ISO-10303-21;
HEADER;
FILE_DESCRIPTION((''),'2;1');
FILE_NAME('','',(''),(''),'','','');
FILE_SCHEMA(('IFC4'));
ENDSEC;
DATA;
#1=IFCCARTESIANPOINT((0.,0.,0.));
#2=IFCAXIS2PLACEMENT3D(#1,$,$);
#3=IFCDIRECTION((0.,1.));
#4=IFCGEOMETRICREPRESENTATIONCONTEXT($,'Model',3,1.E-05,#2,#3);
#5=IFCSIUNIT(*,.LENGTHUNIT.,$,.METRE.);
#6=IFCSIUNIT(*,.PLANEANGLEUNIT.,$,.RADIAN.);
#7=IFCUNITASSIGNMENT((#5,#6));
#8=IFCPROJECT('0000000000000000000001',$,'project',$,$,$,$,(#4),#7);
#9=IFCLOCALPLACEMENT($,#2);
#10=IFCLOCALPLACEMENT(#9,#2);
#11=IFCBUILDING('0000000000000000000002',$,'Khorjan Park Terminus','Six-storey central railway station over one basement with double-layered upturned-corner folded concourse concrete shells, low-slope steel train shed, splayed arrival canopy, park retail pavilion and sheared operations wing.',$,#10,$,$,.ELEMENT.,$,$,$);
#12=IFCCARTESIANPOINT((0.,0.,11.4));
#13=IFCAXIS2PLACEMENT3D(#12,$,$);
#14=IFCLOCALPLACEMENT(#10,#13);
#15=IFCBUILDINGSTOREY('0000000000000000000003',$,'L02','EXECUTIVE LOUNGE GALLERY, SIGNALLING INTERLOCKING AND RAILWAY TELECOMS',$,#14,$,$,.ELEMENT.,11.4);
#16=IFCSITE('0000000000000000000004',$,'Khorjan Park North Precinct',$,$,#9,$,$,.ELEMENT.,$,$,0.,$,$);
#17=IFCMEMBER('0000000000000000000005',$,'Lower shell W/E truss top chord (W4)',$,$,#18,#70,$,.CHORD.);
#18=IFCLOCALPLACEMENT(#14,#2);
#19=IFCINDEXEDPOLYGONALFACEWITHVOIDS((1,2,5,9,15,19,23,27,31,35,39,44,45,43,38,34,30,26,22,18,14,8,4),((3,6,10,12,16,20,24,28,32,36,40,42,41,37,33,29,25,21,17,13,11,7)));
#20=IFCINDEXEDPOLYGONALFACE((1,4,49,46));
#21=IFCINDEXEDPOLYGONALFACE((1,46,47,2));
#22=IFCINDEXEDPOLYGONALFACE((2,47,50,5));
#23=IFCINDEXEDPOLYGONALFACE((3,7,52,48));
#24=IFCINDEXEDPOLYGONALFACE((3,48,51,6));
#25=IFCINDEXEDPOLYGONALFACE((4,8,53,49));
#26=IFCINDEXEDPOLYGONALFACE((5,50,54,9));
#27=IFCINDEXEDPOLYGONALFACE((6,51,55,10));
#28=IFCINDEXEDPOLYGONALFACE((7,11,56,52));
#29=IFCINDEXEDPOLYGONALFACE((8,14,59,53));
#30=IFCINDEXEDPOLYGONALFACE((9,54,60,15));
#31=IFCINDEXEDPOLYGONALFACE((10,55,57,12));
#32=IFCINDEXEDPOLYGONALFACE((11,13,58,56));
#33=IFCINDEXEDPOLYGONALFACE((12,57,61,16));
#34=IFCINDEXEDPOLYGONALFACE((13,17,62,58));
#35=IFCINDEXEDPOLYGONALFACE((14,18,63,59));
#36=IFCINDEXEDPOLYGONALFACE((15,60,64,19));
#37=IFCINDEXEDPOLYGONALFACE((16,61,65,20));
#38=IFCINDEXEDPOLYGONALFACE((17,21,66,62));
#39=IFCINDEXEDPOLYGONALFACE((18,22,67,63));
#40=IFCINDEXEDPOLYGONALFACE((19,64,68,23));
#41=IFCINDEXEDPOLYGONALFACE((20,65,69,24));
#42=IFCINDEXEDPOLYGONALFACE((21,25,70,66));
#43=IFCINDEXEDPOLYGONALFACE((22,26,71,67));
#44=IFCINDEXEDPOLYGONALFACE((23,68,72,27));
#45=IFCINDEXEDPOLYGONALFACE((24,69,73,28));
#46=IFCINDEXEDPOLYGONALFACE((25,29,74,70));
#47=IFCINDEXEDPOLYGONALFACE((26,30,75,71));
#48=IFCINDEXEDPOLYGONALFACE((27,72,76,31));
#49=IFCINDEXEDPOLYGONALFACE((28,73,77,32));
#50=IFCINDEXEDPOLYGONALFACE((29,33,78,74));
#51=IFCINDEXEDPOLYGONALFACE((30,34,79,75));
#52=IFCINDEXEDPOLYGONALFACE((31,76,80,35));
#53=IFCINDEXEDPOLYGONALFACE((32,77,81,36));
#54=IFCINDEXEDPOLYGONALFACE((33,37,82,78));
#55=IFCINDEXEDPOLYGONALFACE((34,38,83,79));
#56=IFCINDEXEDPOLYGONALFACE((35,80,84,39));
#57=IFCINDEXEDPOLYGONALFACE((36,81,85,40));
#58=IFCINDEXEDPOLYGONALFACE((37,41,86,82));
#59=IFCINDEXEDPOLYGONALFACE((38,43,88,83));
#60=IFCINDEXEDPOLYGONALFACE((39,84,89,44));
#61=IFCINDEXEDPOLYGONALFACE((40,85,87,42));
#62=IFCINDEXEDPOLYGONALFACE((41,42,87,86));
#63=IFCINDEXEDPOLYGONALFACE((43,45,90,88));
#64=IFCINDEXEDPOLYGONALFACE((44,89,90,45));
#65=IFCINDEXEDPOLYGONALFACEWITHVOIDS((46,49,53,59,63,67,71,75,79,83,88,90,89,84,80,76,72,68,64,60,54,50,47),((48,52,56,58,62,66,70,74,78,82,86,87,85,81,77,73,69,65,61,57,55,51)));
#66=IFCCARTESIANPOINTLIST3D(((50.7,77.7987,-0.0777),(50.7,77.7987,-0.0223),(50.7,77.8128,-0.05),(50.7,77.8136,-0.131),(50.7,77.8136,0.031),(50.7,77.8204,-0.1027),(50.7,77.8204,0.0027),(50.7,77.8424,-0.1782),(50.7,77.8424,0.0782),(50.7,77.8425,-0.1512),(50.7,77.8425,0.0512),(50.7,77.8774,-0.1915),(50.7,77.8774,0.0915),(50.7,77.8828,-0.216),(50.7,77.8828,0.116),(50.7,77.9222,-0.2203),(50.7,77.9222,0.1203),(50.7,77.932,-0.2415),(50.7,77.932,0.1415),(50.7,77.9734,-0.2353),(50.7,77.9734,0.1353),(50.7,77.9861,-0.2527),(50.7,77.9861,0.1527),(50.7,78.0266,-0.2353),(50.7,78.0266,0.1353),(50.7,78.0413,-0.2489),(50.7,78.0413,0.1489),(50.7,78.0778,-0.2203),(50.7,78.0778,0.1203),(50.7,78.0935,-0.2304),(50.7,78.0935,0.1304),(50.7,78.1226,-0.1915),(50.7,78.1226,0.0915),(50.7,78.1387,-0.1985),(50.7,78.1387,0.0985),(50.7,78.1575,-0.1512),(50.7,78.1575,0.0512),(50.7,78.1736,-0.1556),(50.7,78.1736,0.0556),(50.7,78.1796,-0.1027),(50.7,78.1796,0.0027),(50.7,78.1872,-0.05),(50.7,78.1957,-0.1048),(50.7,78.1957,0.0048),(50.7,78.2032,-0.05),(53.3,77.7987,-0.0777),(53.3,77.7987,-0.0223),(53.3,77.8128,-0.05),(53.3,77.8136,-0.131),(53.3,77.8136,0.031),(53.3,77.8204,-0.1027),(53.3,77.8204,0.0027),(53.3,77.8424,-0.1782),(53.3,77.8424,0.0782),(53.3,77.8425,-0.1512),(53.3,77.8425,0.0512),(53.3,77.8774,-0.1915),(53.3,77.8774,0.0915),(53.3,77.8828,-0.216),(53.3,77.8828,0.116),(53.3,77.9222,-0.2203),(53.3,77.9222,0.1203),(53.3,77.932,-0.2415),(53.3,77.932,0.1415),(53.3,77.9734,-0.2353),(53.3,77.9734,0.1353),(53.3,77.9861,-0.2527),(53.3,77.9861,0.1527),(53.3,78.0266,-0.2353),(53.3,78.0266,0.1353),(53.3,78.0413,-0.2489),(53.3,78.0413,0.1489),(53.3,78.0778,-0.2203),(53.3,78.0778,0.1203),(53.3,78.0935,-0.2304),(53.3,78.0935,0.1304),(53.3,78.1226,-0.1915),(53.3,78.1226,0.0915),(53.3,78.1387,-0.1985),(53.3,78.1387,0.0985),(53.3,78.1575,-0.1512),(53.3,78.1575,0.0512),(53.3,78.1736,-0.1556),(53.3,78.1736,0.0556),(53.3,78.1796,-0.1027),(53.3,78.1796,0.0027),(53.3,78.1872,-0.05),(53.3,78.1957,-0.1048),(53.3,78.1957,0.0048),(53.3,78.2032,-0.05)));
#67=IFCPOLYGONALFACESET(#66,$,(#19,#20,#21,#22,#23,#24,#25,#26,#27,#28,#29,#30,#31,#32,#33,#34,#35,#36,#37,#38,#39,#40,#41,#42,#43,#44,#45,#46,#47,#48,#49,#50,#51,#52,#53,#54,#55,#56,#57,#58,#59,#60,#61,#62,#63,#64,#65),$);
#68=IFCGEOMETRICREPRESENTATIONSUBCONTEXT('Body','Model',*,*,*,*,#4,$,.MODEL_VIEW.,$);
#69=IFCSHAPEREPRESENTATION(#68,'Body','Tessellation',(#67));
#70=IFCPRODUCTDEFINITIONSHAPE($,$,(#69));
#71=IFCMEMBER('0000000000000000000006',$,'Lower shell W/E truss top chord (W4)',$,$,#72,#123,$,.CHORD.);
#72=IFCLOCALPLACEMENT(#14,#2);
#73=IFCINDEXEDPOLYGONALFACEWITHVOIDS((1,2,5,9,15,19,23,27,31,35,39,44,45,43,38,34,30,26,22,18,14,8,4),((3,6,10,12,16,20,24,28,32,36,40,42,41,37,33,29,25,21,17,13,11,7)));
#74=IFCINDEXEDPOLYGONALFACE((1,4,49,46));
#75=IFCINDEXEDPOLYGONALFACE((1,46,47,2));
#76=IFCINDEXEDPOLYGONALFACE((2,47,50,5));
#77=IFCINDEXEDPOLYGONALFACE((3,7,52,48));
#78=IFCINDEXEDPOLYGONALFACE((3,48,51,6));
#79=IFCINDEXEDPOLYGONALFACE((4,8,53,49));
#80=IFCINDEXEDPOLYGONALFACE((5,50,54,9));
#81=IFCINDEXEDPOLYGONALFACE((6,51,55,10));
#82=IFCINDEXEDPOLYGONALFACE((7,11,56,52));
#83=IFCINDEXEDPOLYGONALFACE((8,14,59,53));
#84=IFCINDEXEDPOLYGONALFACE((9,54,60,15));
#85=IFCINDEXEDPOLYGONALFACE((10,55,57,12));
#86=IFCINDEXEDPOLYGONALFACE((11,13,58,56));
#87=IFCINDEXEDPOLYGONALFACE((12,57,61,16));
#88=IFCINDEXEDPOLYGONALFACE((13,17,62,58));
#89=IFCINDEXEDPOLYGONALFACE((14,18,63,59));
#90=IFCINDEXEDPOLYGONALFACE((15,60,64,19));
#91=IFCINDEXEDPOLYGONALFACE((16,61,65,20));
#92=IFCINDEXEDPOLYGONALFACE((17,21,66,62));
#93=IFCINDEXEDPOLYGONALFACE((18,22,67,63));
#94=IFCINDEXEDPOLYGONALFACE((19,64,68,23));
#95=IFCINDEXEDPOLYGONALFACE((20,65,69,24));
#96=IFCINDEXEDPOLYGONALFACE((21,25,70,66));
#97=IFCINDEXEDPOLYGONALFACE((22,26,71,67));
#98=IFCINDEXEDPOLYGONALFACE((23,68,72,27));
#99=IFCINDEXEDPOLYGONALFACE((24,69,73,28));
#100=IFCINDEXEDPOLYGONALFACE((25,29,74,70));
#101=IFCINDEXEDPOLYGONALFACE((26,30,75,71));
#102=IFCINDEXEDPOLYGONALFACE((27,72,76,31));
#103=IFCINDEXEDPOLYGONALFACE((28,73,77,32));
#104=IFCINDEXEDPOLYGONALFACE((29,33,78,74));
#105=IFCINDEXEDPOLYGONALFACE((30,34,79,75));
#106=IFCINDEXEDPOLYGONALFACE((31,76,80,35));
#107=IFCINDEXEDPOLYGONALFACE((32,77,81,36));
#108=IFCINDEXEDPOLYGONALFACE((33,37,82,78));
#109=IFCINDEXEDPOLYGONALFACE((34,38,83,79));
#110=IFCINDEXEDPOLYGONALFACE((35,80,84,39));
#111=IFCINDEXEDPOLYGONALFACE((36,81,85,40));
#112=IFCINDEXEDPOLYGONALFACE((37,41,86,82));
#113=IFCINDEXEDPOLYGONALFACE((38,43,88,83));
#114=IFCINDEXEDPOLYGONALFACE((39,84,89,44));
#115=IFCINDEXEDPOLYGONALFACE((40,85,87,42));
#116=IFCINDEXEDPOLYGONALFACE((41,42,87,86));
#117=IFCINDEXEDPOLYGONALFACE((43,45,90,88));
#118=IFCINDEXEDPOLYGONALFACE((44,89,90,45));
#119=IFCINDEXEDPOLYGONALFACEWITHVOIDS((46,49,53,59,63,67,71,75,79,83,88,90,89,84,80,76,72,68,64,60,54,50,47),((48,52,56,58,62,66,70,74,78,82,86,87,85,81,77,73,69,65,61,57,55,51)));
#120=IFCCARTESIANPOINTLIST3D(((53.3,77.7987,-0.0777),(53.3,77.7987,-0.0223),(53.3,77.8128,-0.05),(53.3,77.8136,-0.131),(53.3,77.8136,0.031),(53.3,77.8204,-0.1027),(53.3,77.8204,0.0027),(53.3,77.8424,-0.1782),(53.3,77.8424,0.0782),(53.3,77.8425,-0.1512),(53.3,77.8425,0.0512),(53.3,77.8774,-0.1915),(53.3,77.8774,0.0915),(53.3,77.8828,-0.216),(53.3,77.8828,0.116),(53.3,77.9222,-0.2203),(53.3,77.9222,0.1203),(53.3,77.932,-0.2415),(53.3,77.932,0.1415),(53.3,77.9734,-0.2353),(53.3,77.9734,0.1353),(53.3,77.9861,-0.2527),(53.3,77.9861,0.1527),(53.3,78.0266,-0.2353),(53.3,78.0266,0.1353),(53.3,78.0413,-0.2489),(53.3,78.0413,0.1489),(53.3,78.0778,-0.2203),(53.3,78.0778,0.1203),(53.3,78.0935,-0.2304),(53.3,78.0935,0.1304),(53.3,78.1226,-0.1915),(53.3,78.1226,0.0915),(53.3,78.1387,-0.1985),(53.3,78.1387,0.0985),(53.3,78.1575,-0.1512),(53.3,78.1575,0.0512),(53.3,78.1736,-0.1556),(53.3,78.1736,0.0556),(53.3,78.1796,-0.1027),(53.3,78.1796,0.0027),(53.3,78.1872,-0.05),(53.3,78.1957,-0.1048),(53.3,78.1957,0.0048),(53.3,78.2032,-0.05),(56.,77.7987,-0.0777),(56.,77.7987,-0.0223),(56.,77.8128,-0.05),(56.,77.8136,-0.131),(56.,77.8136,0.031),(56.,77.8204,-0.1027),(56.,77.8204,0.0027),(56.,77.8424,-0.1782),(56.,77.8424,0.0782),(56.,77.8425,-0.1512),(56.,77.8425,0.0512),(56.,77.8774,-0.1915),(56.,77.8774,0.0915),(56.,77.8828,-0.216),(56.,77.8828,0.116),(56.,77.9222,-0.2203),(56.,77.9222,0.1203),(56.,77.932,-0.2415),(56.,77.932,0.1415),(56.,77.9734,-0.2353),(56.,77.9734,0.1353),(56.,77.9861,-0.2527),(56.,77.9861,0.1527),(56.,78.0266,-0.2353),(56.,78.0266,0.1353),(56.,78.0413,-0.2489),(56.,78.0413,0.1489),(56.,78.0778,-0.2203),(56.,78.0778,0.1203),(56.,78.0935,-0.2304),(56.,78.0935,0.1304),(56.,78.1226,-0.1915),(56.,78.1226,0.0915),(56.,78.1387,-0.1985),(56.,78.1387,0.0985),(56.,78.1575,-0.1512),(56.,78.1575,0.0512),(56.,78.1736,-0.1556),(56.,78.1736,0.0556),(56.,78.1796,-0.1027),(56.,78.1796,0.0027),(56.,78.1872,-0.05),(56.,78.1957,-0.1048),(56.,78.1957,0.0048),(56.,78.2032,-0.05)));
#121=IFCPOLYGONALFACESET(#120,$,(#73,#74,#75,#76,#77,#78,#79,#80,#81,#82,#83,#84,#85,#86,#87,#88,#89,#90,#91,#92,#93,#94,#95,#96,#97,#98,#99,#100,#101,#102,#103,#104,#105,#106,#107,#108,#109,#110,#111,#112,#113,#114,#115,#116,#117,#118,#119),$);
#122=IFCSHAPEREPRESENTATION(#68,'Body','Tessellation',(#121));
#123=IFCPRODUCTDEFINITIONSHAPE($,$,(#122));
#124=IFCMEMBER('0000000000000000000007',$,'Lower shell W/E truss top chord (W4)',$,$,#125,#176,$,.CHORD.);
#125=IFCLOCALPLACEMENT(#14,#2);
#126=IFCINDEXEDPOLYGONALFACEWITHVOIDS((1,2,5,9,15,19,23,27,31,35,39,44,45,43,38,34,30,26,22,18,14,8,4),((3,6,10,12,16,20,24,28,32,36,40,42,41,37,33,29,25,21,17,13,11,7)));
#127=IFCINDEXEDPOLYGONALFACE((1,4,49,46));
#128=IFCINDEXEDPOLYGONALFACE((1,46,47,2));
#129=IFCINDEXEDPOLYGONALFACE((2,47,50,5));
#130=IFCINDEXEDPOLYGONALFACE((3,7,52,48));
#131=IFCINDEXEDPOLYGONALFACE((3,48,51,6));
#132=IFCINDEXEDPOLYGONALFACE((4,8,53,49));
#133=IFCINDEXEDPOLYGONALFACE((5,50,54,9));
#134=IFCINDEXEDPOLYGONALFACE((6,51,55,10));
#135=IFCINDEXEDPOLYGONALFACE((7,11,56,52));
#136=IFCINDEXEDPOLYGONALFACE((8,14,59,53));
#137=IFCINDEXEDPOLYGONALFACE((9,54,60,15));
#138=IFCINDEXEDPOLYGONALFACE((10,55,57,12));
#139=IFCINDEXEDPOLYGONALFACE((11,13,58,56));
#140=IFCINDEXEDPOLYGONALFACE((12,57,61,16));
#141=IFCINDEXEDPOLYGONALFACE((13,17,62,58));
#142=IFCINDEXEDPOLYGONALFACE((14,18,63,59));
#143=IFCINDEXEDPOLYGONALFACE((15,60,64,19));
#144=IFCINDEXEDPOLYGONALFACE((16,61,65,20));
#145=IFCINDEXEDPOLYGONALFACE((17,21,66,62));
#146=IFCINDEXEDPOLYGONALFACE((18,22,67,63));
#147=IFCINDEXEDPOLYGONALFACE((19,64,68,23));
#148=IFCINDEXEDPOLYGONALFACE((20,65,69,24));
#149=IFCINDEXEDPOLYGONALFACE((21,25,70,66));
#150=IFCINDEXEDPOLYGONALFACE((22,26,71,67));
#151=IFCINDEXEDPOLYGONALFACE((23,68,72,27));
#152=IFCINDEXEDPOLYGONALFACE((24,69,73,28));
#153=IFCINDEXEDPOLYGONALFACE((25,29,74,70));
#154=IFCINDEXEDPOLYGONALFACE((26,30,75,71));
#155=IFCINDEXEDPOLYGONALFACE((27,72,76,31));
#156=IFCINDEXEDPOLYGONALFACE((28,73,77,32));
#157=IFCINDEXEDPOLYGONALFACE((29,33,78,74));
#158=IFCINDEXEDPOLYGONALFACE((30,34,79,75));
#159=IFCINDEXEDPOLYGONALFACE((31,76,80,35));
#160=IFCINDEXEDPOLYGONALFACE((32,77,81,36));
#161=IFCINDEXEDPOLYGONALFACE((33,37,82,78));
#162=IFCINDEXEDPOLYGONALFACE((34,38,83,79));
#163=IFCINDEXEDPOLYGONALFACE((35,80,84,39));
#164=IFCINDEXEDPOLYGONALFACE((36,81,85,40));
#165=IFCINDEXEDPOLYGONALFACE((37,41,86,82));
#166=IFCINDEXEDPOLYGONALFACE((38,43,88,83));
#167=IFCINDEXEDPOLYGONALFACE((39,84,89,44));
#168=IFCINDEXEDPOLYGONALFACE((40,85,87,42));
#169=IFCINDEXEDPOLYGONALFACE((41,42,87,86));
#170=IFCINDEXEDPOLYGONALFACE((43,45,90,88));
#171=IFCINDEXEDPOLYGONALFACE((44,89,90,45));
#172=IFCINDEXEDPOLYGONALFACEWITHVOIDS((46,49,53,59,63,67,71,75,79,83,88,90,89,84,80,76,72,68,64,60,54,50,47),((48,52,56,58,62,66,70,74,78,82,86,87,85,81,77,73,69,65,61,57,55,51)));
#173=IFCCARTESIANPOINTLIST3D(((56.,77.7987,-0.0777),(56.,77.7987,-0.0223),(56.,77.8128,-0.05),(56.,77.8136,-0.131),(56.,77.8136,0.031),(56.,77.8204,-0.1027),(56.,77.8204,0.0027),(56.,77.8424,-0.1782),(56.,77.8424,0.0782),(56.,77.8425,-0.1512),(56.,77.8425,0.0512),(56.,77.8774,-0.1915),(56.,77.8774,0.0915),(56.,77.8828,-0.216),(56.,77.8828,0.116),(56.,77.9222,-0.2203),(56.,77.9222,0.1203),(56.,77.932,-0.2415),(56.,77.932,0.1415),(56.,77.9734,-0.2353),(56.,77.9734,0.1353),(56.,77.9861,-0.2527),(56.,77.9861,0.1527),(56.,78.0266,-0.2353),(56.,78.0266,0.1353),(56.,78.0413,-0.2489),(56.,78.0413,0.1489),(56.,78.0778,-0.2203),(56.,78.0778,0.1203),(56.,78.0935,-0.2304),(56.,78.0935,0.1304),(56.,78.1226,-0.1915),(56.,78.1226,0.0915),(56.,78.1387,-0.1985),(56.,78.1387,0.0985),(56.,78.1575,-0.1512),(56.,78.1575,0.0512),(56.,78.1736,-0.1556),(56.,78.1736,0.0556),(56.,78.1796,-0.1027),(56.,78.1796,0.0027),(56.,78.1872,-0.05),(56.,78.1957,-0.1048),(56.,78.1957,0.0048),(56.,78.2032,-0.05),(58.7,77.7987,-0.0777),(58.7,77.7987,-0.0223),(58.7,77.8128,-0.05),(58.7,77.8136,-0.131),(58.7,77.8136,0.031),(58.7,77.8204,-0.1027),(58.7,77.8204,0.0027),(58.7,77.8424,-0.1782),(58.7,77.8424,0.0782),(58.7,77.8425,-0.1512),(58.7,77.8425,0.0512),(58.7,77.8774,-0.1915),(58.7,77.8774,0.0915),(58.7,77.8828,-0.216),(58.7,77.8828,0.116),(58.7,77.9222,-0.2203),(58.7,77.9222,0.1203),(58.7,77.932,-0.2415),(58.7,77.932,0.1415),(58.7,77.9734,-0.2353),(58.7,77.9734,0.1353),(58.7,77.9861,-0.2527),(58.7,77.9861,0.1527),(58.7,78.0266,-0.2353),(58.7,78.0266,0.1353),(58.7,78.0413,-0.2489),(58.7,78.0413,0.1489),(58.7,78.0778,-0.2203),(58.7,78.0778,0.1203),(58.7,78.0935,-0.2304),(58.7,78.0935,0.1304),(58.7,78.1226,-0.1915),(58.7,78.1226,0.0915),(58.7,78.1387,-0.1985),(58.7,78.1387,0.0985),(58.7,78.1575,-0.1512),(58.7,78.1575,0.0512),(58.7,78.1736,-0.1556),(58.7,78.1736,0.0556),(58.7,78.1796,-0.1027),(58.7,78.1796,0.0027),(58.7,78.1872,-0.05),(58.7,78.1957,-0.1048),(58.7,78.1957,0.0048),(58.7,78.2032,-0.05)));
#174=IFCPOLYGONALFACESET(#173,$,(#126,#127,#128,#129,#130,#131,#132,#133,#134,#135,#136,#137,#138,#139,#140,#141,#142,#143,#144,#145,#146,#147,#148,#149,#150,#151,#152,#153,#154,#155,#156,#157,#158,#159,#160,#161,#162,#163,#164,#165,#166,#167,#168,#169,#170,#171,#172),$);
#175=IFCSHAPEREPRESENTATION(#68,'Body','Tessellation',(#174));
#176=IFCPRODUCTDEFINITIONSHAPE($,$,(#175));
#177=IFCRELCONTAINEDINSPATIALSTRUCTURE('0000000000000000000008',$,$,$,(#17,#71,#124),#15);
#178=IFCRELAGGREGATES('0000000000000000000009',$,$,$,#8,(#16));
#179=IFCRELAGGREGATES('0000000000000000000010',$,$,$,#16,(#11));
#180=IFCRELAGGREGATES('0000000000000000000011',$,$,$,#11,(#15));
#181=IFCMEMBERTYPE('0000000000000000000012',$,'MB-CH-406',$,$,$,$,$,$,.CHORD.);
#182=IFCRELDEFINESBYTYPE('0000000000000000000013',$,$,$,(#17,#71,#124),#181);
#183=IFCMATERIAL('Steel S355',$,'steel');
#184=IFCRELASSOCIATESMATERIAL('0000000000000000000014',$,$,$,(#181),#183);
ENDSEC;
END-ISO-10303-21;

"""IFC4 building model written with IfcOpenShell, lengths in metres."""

from ifc_helpers import new_model, si_unit, direction, frame, origin, origin_2d, place, context, subcontext, project, spatial, hollow_circle, extrude, material, material_profile, profile_set, type_object, element, save


model = new_model("IFC4")

# Units and contexts
model_context = context("Model", 3, precision=1e-05, world=origin(), true_north=direction((0.0, 1.0)))
body_context = subcontext(model_context, "Body", "Model", "MODEL_VIEW")
ifc_project = project(units=[si_unit("LENGTHUNIT", "METRE"), si_unit("PLANEANGLEUNIT", "RADIAN")], contexts=[model_context])

# Site, building, storey
site_placement = place(None, origin())
site = spatial("IfcSite", under=ifc_project, at=site_placement, Name="Khorjan Park North Precinct", CompositionType="ELEMENT", RefElevation=0.0)
building_placement = place(site_placement, origin())
building = spatial("IfcBuilding", under=site, at=building_placement, Name="Khorjan Park Terminus", Description="Six-storey central railway station over one basement with double-layered upturned-corner folded concourse concrete shells, low-slope steel train shed, splayed arrival canopy, park retail pavilion and sheared operations wing.", CompositionType="ELEMENT")
storey_placement = place(building_placement, frame((0.0, 0.0, 11.4)))
storey = spatial("IfcBuildingStorey", under=building, at=storey_placement, Name="L02", Description="EXECUTIVE LOUNGE GALLERY, SIGNALLING INTERLOCKING AND RAILWAY TELECOMS", CompositionType="ELEMENT", Elevation=11.4)

# Members
ifc_material_1 = material(Name="Steel S355", Category="steel")
ifc_material_profile_1 = material_profile(ifc_material_1, hollow_circle(Radius=0.2032, WallThickness=0.016, at=origin_2d()), Name="CHS 406.4x16")
ifc_profile_set_1 = profile_set([ifc_material_profile_1], Name="Steel S355")
member_type_1 = type_object("IfcMemberType", Name="MB-CH-406", PredefinedType="CHORD", material=ifc_profile_set_1)
for number, where, z_axis, x_axis, name in (
    (1, (50.7, 78.0, -0.05), (1.0, 0.0, 0.0), (0.0, 1.0, 0.0), "Lower shell W/E truss top chord (W4)"),
):
    element("IfcMember", number, at=place(storey_placement, frame(where, z_axis=z_axis, x_axis=x_axis)), inside=storey, type_object=member_type_1, Name=name, PredefinedType="CHORD", context=body_context, shape_type="SweptSolid", body=[
        extrude(hollow_circle(Radius=0.2032, WallThickness=0.016, at=origin_2d()), origin(), (0.0, 0.0, 1.0), 2.6),
    ])
for number, where, z_axis, x_axis, name in (
    (2, (53.3, 78.0, -0.05), (1.0, 0.0, 0.0), (0.0, 1.0, 0.0), "Lower shell W/E truss top chord (W4)"),
    (3, (56.0, 78.0, -0.05), (1.0, 0.0, 0.0), (0.0, 1.0, 0.0), "Lower shell W/E truss top chord (W4)"),
):
    element("IfcMember", number, at=place(storey_placement, frame(where, z_axis=z_axis, x_axis=x_axis)), inside=storey, type_object=member_type_1, Name=name, PredefinedType="CHORD", context=body_context, shape_type="SweptSolid", body=[
        extrude(hollow_circle(Radius=0.2032, WallThickness=0.016, at=origin_2d()), origin(), (0.0, 0.0, 1.0), 2.7),
    ])

save(model, "model.ifc")
